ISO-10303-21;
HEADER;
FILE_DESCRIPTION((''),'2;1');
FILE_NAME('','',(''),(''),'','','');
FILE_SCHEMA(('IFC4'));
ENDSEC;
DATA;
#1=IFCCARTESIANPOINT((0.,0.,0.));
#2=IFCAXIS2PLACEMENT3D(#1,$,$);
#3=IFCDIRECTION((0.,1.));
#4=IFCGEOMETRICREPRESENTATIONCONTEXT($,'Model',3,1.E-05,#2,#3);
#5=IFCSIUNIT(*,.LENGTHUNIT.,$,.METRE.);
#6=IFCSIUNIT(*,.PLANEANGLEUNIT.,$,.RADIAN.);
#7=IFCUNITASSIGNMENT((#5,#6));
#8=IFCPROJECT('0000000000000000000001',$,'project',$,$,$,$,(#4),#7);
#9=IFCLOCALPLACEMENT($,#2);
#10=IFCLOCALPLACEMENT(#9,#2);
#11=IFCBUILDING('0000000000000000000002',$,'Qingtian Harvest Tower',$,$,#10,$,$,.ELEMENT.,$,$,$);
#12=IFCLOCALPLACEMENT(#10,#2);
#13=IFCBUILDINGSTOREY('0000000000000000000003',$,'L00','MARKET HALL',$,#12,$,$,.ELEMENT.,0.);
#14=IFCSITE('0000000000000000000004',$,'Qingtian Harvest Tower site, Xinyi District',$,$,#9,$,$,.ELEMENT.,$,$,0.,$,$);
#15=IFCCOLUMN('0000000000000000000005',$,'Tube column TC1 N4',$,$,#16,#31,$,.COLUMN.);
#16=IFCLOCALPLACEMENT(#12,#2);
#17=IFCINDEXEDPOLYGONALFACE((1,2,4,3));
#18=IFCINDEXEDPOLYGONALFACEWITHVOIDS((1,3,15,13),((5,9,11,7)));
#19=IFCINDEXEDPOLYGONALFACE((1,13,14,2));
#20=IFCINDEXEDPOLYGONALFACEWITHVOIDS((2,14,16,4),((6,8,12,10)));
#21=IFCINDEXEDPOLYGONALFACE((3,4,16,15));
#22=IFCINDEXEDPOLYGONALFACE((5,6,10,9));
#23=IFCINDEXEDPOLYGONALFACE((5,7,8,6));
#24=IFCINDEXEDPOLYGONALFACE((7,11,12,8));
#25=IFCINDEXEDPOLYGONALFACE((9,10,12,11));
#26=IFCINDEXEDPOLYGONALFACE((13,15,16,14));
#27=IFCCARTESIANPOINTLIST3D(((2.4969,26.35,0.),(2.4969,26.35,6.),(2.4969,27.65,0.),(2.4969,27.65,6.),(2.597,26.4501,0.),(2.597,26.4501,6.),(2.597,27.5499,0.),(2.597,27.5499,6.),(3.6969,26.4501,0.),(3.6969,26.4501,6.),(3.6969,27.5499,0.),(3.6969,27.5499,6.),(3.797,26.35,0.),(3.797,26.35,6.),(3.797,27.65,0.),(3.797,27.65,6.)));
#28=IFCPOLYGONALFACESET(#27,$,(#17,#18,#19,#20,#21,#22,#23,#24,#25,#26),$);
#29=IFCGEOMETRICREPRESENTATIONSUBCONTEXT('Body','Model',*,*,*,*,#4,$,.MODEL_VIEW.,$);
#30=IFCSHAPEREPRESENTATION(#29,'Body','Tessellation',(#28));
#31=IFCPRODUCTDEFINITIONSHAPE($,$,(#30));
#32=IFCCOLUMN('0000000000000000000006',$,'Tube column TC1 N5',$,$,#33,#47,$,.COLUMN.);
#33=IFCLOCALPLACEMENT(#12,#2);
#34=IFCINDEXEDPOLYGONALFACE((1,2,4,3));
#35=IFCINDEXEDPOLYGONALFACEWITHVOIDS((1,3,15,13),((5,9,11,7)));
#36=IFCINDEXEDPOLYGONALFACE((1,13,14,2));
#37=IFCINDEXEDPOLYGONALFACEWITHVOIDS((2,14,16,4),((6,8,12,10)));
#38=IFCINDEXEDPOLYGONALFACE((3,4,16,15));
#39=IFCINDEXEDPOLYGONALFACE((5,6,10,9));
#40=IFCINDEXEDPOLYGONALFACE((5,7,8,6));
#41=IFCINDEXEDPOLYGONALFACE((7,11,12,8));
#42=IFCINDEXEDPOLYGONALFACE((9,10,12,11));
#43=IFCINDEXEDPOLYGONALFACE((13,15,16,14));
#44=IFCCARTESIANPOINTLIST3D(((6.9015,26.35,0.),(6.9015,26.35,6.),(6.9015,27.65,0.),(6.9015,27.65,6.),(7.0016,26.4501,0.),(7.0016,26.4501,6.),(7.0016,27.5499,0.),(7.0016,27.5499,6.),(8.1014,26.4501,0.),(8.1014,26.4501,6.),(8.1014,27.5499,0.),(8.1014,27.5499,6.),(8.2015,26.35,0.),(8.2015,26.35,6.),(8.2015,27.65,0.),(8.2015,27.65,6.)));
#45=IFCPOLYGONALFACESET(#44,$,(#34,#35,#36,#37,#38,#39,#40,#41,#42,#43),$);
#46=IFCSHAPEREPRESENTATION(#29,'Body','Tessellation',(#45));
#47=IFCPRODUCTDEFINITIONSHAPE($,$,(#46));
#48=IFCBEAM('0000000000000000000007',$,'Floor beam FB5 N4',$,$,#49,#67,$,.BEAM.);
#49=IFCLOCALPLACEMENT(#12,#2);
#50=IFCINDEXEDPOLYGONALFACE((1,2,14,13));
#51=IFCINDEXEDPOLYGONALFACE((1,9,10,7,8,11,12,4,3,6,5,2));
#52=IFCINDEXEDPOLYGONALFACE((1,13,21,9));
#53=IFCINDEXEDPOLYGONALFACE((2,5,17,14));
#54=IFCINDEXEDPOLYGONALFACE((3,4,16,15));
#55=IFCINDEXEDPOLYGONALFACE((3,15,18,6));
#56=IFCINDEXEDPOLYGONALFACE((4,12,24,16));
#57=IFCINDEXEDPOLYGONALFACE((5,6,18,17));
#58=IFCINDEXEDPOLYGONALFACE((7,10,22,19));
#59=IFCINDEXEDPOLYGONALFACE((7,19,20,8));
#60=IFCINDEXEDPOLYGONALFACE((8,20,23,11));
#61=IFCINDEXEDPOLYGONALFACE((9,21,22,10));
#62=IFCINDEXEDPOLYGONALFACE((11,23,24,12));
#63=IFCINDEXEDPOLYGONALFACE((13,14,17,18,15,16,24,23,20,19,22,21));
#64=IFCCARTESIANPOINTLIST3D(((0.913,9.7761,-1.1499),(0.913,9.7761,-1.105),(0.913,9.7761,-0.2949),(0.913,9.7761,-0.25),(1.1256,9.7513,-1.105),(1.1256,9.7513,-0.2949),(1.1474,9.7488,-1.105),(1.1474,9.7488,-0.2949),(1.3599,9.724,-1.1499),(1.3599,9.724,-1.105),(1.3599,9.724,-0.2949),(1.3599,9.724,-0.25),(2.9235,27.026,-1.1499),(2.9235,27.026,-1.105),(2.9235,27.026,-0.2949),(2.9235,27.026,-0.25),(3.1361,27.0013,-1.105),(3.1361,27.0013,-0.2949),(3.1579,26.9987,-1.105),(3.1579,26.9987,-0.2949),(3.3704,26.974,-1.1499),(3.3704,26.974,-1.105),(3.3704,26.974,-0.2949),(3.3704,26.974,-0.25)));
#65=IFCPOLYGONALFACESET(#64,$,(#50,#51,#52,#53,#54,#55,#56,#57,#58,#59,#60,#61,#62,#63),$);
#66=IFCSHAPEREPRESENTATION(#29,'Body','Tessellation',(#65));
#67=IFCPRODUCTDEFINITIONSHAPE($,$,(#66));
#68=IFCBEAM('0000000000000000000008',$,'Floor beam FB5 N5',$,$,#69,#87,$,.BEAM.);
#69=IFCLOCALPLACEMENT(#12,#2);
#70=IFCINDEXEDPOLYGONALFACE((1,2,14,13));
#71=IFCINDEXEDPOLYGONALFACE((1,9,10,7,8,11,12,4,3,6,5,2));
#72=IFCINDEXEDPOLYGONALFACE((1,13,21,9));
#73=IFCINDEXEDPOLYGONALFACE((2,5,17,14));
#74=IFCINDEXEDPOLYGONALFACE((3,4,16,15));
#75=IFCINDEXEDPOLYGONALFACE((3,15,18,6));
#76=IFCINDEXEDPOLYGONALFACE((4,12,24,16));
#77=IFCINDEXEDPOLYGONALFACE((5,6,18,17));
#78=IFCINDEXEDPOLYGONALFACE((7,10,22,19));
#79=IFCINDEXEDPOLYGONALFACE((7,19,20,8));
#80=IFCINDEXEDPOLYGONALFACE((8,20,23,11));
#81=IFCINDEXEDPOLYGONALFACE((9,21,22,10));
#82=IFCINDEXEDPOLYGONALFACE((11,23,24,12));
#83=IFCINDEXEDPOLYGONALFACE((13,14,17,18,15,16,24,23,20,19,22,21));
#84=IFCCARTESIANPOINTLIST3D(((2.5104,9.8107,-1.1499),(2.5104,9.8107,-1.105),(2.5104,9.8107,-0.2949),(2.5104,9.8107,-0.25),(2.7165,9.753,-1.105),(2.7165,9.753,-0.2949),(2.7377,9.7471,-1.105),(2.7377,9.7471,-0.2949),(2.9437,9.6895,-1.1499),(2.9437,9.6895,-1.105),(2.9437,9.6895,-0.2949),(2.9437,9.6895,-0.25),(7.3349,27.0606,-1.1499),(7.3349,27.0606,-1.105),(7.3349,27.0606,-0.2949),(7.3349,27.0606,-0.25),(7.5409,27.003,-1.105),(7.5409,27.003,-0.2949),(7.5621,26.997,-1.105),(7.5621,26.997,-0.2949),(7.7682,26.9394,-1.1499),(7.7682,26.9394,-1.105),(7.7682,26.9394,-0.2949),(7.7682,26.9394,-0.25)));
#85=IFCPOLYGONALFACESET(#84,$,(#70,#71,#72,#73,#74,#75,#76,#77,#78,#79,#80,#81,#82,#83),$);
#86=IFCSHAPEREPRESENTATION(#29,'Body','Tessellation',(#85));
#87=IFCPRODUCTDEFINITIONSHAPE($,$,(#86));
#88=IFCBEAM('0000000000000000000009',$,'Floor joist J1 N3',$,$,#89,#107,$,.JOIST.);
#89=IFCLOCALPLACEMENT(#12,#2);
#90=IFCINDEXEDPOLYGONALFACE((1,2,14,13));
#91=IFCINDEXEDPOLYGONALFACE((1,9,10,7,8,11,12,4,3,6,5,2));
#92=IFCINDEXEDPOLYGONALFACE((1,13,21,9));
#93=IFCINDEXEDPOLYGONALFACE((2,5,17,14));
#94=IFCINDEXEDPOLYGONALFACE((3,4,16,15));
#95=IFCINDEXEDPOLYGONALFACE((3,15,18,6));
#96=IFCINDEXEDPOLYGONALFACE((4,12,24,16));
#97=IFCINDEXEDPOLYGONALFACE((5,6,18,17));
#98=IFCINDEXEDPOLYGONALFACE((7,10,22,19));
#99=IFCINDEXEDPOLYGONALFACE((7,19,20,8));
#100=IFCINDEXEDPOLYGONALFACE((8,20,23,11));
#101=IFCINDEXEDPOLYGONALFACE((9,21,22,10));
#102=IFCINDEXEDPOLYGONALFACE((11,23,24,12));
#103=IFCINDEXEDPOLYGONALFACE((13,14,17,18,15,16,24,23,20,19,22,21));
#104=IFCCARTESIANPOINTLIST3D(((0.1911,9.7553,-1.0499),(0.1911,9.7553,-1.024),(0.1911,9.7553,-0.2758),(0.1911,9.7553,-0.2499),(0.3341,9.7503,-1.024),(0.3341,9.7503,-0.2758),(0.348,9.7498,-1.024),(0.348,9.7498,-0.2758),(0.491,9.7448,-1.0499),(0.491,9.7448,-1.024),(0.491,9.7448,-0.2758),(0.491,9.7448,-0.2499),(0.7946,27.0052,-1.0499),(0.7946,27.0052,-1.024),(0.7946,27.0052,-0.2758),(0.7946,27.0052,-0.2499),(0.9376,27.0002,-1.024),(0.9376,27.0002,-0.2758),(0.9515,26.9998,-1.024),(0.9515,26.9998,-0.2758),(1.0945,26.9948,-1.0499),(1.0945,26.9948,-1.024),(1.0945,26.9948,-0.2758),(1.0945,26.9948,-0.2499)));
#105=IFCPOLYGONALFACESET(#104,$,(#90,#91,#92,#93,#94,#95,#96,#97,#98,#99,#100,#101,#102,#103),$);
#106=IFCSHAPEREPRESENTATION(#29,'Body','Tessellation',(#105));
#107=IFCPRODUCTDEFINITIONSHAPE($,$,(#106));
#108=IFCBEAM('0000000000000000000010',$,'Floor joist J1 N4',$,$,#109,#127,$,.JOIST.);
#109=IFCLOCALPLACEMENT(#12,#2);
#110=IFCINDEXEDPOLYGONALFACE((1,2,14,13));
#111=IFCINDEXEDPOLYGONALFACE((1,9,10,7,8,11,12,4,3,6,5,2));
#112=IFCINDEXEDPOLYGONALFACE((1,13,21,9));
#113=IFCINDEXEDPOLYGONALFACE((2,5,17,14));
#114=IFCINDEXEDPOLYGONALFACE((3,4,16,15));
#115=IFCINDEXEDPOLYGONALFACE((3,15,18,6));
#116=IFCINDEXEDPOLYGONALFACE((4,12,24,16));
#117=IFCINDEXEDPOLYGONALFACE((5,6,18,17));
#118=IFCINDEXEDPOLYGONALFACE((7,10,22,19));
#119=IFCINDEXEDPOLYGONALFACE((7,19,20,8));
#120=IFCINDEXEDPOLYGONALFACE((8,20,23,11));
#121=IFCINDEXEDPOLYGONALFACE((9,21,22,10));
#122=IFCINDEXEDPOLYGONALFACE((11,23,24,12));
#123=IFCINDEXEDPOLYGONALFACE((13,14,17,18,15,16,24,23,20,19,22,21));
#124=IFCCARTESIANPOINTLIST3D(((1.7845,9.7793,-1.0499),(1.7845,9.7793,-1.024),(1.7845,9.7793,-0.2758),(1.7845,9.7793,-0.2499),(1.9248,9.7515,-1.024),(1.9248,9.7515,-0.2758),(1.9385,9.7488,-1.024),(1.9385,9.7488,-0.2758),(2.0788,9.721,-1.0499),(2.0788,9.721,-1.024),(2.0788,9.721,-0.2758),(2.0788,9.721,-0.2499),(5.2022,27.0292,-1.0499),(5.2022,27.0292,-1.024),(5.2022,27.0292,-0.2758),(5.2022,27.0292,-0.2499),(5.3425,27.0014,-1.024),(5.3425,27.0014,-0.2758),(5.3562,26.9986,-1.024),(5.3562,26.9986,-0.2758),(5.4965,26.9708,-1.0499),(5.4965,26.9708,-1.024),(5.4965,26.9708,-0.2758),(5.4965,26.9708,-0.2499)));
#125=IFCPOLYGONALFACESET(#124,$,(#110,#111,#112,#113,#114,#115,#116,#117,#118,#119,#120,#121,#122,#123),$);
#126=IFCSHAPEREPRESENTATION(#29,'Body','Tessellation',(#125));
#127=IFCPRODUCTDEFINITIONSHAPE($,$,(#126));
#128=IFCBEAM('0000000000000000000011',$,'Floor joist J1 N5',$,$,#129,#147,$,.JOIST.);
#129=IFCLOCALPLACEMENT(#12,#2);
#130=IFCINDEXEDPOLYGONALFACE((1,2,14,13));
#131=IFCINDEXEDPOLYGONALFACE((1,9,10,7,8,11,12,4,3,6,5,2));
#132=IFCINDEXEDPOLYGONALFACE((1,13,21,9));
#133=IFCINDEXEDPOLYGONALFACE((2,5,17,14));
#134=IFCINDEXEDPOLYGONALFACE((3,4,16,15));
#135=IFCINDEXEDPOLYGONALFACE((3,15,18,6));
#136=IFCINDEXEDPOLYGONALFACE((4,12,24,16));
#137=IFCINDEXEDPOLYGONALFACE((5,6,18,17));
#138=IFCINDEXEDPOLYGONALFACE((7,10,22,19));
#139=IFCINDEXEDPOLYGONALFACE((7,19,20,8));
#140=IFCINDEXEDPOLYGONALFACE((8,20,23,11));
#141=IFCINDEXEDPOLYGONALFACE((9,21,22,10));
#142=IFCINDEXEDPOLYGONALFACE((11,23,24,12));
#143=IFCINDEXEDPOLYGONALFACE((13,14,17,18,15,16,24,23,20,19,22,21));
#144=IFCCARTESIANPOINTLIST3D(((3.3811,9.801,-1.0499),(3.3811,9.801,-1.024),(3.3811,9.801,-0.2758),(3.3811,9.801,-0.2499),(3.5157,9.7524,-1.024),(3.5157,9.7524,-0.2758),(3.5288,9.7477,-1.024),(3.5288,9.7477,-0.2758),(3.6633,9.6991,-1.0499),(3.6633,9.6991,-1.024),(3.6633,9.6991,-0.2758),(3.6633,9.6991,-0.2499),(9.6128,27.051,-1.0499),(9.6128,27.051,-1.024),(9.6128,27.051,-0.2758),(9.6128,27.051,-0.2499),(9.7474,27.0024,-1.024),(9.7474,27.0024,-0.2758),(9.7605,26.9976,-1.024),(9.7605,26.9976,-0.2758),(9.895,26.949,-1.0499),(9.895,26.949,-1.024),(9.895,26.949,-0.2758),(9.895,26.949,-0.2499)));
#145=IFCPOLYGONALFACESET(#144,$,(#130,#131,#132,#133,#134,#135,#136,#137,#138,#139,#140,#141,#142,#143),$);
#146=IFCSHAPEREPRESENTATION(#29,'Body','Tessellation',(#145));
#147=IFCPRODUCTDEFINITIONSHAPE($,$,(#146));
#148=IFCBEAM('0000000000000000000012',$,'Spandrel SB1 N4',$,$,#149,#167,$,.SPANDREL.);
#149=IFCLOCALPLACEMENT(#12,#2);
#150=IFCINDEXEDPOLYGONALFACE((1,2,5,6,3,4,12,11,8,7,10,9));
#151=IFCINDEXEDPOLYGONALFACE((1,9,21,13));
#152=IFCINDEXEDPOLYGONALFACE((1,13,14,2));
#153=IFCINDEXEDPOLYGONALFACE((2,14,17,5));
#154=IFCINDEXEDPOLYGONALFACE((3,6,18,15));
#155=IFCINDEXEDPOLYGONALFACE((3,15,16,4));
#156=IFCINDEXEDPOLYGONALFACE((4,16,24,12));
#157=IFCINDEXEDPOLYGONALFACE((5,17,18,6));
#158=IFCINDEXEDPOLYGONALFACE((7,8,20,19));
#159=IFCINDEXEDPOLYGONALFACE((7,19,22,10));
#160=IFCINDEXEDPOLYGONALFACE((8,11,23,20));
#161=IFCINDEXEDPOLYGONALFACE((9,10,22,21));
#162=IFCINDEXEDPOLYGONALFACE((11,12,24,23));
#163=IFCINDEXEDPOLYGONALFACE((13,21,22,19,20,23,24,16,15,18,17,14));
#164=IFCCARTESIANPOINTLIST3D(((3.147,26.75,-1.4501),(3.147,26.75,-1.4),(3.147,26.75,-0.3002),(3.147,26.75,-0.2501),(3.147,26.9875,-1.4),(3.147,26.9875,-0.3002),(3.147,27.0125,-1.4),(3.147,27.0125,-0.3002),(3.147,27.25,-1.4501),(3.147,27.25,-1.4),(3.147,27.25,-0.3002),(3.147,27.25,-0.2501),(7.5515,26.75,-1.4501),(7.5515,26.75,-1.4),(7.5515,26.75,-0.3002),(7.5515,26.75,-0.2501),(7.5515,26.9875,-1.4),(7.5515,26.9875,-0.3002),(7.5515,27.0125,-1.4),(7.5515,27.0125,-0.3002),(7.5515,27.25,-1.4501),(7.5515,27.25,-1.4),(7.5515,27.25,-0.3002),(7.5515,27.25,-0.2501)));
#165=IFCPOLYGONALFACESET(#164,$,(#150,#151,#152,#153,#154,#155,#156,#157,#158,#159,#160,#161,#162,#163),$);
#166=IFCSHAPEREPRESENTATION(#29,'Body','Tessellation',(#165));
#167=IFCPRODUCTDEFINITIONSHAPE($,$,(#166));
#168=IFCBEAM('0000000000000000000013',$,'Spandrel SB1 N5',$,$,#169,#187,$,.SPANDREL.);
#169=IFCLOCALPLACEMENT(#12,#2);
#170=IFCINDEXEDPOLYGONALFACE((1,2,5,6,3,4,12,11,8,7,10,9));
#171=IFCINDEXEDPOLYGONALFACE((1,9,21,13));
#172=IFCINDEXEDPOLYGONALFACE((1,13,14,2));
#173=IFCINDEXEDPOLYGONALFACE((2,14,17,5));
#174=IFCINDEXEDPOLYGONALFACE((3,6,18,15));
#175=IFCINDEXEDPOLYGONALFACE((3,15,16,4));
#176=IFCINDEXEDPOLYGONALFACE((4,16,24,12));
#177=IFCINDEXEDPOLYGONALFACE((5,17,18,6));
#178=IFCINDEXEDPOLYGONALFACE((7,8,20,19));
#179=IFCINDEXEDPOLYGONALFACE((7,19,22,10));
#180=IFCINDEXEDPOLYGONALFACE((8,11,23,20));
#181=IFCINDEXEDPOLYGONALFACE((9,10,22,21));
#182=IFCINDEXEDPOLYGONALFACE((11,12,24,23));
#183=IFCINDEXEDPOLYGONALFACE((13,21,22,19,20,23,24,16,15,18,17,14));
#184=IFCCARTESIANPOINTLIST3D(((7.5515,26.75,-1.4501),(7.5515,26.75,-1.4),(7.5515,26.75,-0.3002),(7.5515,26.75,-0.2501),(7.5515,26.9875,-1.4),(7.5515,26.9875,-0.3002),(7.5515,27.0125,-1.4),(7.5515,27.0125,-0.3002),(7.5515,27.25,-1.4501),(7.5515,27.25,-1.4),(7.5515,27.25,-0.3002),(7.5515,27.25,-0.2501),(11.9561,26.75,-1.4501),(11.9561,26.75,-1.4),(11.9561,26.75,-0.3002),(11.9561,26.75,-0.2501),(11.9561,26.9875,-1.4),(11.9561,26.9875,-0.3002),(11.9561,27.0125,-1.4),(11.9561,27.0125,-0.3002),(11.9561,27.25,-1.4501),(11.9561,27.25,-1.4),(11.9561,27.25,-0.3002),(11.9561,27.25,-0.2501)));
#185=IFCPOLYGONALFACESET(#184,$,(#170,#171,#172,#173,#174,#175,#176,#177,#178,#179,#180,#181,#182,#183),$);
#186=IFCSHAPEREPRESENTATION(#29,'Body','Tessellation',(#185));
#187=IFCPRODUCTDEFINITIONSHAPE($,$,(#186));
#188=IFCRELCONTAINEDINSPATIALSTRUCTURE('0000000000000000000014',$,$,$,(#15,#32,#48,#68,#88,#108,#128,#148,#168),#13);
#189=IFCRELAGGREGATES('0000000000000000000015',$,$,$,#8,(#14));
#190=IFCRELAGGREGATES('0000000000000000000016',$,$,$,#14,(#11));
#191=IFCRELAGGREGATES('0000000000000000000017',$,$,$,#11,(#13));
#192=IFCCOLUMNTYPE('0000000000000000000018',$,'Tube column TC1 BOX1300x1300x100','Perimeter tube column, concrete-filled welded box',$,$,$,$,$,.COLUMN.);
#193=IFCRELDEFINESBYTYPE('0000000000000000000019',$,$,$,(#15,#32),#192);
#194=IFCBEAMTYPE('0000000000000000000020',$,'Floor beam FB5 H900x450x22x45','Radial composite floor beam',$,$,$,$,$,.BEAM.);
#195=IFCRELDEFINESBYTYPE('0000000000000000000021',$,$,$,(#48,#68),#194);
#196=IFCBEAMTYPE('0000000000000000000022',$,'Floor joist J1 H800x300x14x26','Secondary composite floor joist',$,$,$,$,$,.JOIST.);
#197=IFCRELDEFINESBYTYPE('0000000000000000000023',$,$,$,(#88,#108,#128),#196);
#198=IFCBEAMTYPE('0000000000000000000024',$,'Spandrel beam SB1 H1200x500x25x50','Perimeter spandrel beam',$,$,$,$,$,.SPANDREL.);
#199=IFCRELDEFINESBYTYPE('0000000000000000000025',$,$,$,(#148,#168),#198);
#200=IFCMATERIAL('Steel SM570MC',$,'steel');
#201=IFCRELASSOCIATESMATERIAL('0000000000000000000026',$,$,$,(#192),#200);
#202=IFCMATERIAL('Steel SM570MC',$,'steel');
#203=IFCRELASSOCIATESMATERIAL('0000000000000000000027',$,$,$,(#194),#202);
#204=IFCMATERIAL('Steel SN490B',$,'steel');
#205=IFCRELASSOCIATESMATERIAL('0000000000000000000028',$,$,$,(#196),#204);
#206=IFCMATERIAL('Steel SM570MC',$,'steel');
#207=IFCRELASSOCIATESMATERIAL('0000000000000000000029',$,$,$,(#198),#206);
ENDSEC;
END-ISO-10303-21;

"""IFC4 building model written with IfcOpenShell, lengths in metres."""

from ifc_helpers import new_model, si_unit, direction, frame, origin, origin_2d, place, context, subcontext, project, spatial, hollow_rectangle, i_section, extrude, material, material_profile, profile_set, type_object, element, save


model = new_model("IFC4")

# Units and contexts
model_context = context("Model", 3, precision=1e-05, world=origin(), true_north=direction((0.0, 1.0)))
body_context = subcontext(model_context, "Body", "Model", "MODEL_VIEW")
ifc_project = project(units=[si_unit("LENGTHUNIT", "METRE"), si_unit("PLANEANGLEUNIT", "RADIAN")], contexts=[model_context])

# Site, building, storey
site_placement = place(None, origin())
site = spatial("IfcSite", under=ifc_project, at=site_placement, Name="Qingtian Harvest Tower site, Xinyi District", CompositionType="ELEMENT", RefElevation=0.0)
building_placement = place(site_placement, origin())
building = spatial("IfcBuilding", under=site, at=building_placement, Name="Qingtian Harvest Tower", CompositionType="ELEMENT")
storey_placement = place(building_placement, origin())
storey = spatial("IfcBuildingStorey", under=building, at=storey_placement, Name="L00", Description="MARKET HALL", CompositionType="ELEMENT", Elevation=0.0)

# Columns
ifc_material_1 = material(Name="Steel SM570MC", Category="steel")
ifc_material_profile_1 = material_profile(ifc_material_1, hollow_rectangle(XDim=1.3, YDim=1.3, WallThickness=0.1001, at=origin_2d()), Name="BOX1300x1300x100")
ifc_profile_set_1 = profile_set([ifc_material_profile_1], Name="Steel SM570MC")
column_type = type_object("IfcColumnType", Name="Tube column TC1 BOX1300x1300x100", Description="Perimeter tube column, concrete-filled welded box", PredefinedType="COLUMN", material=ifc_profile_set_1)
for number, where, z_axis, x_axis, name in (
    (1, (3.147, 27.0, 0.0), (0.0, 0.0, 1.0), (-1.0, 0.0, 0.0), "Tube column TC1 N4"),
    (2, (7.5515, 27.0, 0.0), (0.0, 0.0, 1.0), (-1.0, 0.0, 0.0), "Tube column TC1 N5"),
):
    element("IfcColumn", number, at=place(storey_placement, frame(where, z_axis=z_axis, x_axis=x_axis)), inside=storey, type_object=column_type, Name=name, PredefinedType="COLUMN", context=body_context, shape_type="SweptSolid", body=[
        extrude(hollow_rectangle(XDim=1.3, YDim=1.3, WallThickness=0.1001, at=origin_2d()), origin(), (0.0, 0.0, 1.0), 6.0),
    ])

# Beams
ifc_material_2 = material(Name="Steel SM570MC", Category="steel")
ifc_material_profile_2 = material_profile(ifc_material_2, i_section(OverallWidth=0.45, OverallDepth=0.8999, WebThickness=0.022, FlangeThickness=0.0449, at=origin_2d()), Name="H900x450x22x45")
ifc_profile_set_2 = profile_set([ifc_material_profile_2], Name="Steel SM570MC")
beam_type_1 = type_object("IfcBeamType", Name="Floor beam FB5 H900x450x22x45", Description="Radial composite floor beam", PredefinedType="BEAM", material=ifc_profile_set_2)
beam_1_placement = place(storey_placement, frame((3.147, 27.0, -0.7), z_axis=(-0.115767, -0.993276, 0.0), x_axis=(0.993276, -0.115767, 0.0)))
element("IfcBeam", 3, at=beam_1_placement, inside=storey, type_object=beam_type_1, Name="Floor beam FB5 N4", PredefinedType="BEAM", context=body_context, shape_type="SweptSolid", body=[
    extrude(i_section(OverallWidth=0.45, OverallDepth=0.8999, WebThickness=0.022, FlangeThickness=0.0449, at=origin_2d()), origin(), (0.0, 0.0, 1.0), 17.3667),
])
beam_2_placement = place(storey_placement, frame((7.5515, 27.0, -0.7), z_axis=(-0.269343, -0.963044, 0.0), x_axis=(0.963044, -0.269343, 0.0)))
element("IfcBeam", 4, at=beam_2_placement, inside=storey, type_object=beam_type_1, Name="Floor beam FB5 N5", PredefinedType="BEAM", context=body_context, shape_type="SweptSolid", body=[
    extrude(i_section(OverallWidth=0.45, OverallDepth=0.8999, WebThickness=0.022, FlangeThickness=0.0449, at=origin_2d()), origin(), (0.0, 0.0, 1.0), 17.9119),
])
ifc_material_3 = material(Name="Steel SN490B", Category="steel")
ifc_material_profile_3 = material_profile(ifc_material_3, i_section(OverallWidth=0.3, OverallDepth=0.8, WebThickness=0.0139, FlangeThickness=0.0259, at=origin_2d()), Name="H800x300x14x26")
ifc_profile_set_3 = profile_set([ifc_material_profile_3], Name="Steel SN490B")
beam_type_2 = type_object("IfcBeamType", Name="Floor joist J1 H800x300x14x26", Description="Secondary composite floor joist", PredefinedType="JOIST", material=ifc_profile_set_3)
beam_3_placement = place(storey_placement, frame((0.9446, 27.0, -0.6499), z_axis=(-0.034965, -0.999389, 0.0), x_axis=(0.999389, -0.034965, 0.0)))
element("IfcBeam", 5, at=beam_3_placement, inside=storey, type_object=beam_type_2, Name="Floor joist J1 N3", PredefinedType="JOIST", context=body_context, shape_type="SweptSolid", body=[
    extrude(i_section(OverallWidth=0.3, OverallDepth=0.8, WebThickness=0.0139, FlangeThickness=0.0259, at=origin_2d()), origin(), (0.0, 0.0, 1.0), 17.2605),
])
beam_4_placement = place(storey_placement, frame((5.3494, 27.0, -0.6499), z_axis=(-0.194351, -0.980932, 0.0), x_axis=(0.980932, -0.194351, 0.0)))
element("IfcBeam", 6, at=beam_4_placement, inside=storey, type_object=beam_type_2, Name="Floor joist J1 N4", PredefinedType="JOIST", context=body_context, shape_type="SweptSolid", body=[
    extrude(i_section(OverallWidth=0.3, OverallDepth=0.8, WebThickness=0.0139, FlangeThickness=0.0259, at=origin_2d()), origin(), (0.0, 0.0, 1.0), 17.5852),
])
beam_5_placement = place(storey_placement, frame((9.7539, 27.0, -0.6499), z_axis=(-0.339766, -0.94051, 0.0), x_axis=(0.94051, -0.339766, 0.0)))
element("IfcBeam", 7, at=beam_5_placement, inside=storey, type_object=beam_type_2, Name="Floor joist J1 N5", PredefinedType="JOIST", context=body_context, shape_type="SweptSolid", body=[
    extrude(i_section(OverallWidth=0.3, OverallDepth=0.8, WebThickness=0.0139, FlangeThickness=0.0259, at=origin_2d()), origin(), (0.0, 0.0, 1.0), 18.3411),
])
ifc_material_4 = material(Name="Steel SM570MC", Category="steel")
ifc_material_profile_4 = material_profile(ifc_material_4, i_section(OverallWidth=0.5, OverallDepth=1.2, WebThickness=0.0249, FlangeThickness=0.05, at=origin_2d()), Name="H1200x500x25x50")
ifc_profile_set_4 = profile_set([ifc_material_profile_4], Name="Steel SM570MC")
beam_type_3 = type_object("IfcBeamType", Name="Spandrel beam SB1 H1200x500x25x50", Description="Perimeter spandrel beam", PredefinedType="SPANDREL", material=ifc_profile_set_4)
for number, where, z_axis, x_axis, name in (
    (8, (3.147, 27.0, -0.8501), (1.0, 0.0, 0.0), (0.0, 1.0, 0.0), "Spandrel SB1 N4"),
    (9, (7.5515, 27.0, -0.8501), (1.0, 0.0, 0.0), (0.0, 1.0, 0.0), "Spandrel SB1 N5"),
):
    element("IfcBeam", number, at=place(storey_placement, frame(where, z_axis=z_axis, x_axis=x_axis)), inside=storey, type_object=beam_type_3, Name=name, PredefinedType="SPANDREL", context=body_context, shape_type="SweptSolid", body=[
        extrude(i_section(OverallWidth=0.5, OverallDepth=1.2, WebThickness=0.0249, FlangeThickness=0.05, at=origin_2d()), origin(), (0.0, 0.0, 1.0), 4.4045),
    ])

save(model, "model.ifc")
